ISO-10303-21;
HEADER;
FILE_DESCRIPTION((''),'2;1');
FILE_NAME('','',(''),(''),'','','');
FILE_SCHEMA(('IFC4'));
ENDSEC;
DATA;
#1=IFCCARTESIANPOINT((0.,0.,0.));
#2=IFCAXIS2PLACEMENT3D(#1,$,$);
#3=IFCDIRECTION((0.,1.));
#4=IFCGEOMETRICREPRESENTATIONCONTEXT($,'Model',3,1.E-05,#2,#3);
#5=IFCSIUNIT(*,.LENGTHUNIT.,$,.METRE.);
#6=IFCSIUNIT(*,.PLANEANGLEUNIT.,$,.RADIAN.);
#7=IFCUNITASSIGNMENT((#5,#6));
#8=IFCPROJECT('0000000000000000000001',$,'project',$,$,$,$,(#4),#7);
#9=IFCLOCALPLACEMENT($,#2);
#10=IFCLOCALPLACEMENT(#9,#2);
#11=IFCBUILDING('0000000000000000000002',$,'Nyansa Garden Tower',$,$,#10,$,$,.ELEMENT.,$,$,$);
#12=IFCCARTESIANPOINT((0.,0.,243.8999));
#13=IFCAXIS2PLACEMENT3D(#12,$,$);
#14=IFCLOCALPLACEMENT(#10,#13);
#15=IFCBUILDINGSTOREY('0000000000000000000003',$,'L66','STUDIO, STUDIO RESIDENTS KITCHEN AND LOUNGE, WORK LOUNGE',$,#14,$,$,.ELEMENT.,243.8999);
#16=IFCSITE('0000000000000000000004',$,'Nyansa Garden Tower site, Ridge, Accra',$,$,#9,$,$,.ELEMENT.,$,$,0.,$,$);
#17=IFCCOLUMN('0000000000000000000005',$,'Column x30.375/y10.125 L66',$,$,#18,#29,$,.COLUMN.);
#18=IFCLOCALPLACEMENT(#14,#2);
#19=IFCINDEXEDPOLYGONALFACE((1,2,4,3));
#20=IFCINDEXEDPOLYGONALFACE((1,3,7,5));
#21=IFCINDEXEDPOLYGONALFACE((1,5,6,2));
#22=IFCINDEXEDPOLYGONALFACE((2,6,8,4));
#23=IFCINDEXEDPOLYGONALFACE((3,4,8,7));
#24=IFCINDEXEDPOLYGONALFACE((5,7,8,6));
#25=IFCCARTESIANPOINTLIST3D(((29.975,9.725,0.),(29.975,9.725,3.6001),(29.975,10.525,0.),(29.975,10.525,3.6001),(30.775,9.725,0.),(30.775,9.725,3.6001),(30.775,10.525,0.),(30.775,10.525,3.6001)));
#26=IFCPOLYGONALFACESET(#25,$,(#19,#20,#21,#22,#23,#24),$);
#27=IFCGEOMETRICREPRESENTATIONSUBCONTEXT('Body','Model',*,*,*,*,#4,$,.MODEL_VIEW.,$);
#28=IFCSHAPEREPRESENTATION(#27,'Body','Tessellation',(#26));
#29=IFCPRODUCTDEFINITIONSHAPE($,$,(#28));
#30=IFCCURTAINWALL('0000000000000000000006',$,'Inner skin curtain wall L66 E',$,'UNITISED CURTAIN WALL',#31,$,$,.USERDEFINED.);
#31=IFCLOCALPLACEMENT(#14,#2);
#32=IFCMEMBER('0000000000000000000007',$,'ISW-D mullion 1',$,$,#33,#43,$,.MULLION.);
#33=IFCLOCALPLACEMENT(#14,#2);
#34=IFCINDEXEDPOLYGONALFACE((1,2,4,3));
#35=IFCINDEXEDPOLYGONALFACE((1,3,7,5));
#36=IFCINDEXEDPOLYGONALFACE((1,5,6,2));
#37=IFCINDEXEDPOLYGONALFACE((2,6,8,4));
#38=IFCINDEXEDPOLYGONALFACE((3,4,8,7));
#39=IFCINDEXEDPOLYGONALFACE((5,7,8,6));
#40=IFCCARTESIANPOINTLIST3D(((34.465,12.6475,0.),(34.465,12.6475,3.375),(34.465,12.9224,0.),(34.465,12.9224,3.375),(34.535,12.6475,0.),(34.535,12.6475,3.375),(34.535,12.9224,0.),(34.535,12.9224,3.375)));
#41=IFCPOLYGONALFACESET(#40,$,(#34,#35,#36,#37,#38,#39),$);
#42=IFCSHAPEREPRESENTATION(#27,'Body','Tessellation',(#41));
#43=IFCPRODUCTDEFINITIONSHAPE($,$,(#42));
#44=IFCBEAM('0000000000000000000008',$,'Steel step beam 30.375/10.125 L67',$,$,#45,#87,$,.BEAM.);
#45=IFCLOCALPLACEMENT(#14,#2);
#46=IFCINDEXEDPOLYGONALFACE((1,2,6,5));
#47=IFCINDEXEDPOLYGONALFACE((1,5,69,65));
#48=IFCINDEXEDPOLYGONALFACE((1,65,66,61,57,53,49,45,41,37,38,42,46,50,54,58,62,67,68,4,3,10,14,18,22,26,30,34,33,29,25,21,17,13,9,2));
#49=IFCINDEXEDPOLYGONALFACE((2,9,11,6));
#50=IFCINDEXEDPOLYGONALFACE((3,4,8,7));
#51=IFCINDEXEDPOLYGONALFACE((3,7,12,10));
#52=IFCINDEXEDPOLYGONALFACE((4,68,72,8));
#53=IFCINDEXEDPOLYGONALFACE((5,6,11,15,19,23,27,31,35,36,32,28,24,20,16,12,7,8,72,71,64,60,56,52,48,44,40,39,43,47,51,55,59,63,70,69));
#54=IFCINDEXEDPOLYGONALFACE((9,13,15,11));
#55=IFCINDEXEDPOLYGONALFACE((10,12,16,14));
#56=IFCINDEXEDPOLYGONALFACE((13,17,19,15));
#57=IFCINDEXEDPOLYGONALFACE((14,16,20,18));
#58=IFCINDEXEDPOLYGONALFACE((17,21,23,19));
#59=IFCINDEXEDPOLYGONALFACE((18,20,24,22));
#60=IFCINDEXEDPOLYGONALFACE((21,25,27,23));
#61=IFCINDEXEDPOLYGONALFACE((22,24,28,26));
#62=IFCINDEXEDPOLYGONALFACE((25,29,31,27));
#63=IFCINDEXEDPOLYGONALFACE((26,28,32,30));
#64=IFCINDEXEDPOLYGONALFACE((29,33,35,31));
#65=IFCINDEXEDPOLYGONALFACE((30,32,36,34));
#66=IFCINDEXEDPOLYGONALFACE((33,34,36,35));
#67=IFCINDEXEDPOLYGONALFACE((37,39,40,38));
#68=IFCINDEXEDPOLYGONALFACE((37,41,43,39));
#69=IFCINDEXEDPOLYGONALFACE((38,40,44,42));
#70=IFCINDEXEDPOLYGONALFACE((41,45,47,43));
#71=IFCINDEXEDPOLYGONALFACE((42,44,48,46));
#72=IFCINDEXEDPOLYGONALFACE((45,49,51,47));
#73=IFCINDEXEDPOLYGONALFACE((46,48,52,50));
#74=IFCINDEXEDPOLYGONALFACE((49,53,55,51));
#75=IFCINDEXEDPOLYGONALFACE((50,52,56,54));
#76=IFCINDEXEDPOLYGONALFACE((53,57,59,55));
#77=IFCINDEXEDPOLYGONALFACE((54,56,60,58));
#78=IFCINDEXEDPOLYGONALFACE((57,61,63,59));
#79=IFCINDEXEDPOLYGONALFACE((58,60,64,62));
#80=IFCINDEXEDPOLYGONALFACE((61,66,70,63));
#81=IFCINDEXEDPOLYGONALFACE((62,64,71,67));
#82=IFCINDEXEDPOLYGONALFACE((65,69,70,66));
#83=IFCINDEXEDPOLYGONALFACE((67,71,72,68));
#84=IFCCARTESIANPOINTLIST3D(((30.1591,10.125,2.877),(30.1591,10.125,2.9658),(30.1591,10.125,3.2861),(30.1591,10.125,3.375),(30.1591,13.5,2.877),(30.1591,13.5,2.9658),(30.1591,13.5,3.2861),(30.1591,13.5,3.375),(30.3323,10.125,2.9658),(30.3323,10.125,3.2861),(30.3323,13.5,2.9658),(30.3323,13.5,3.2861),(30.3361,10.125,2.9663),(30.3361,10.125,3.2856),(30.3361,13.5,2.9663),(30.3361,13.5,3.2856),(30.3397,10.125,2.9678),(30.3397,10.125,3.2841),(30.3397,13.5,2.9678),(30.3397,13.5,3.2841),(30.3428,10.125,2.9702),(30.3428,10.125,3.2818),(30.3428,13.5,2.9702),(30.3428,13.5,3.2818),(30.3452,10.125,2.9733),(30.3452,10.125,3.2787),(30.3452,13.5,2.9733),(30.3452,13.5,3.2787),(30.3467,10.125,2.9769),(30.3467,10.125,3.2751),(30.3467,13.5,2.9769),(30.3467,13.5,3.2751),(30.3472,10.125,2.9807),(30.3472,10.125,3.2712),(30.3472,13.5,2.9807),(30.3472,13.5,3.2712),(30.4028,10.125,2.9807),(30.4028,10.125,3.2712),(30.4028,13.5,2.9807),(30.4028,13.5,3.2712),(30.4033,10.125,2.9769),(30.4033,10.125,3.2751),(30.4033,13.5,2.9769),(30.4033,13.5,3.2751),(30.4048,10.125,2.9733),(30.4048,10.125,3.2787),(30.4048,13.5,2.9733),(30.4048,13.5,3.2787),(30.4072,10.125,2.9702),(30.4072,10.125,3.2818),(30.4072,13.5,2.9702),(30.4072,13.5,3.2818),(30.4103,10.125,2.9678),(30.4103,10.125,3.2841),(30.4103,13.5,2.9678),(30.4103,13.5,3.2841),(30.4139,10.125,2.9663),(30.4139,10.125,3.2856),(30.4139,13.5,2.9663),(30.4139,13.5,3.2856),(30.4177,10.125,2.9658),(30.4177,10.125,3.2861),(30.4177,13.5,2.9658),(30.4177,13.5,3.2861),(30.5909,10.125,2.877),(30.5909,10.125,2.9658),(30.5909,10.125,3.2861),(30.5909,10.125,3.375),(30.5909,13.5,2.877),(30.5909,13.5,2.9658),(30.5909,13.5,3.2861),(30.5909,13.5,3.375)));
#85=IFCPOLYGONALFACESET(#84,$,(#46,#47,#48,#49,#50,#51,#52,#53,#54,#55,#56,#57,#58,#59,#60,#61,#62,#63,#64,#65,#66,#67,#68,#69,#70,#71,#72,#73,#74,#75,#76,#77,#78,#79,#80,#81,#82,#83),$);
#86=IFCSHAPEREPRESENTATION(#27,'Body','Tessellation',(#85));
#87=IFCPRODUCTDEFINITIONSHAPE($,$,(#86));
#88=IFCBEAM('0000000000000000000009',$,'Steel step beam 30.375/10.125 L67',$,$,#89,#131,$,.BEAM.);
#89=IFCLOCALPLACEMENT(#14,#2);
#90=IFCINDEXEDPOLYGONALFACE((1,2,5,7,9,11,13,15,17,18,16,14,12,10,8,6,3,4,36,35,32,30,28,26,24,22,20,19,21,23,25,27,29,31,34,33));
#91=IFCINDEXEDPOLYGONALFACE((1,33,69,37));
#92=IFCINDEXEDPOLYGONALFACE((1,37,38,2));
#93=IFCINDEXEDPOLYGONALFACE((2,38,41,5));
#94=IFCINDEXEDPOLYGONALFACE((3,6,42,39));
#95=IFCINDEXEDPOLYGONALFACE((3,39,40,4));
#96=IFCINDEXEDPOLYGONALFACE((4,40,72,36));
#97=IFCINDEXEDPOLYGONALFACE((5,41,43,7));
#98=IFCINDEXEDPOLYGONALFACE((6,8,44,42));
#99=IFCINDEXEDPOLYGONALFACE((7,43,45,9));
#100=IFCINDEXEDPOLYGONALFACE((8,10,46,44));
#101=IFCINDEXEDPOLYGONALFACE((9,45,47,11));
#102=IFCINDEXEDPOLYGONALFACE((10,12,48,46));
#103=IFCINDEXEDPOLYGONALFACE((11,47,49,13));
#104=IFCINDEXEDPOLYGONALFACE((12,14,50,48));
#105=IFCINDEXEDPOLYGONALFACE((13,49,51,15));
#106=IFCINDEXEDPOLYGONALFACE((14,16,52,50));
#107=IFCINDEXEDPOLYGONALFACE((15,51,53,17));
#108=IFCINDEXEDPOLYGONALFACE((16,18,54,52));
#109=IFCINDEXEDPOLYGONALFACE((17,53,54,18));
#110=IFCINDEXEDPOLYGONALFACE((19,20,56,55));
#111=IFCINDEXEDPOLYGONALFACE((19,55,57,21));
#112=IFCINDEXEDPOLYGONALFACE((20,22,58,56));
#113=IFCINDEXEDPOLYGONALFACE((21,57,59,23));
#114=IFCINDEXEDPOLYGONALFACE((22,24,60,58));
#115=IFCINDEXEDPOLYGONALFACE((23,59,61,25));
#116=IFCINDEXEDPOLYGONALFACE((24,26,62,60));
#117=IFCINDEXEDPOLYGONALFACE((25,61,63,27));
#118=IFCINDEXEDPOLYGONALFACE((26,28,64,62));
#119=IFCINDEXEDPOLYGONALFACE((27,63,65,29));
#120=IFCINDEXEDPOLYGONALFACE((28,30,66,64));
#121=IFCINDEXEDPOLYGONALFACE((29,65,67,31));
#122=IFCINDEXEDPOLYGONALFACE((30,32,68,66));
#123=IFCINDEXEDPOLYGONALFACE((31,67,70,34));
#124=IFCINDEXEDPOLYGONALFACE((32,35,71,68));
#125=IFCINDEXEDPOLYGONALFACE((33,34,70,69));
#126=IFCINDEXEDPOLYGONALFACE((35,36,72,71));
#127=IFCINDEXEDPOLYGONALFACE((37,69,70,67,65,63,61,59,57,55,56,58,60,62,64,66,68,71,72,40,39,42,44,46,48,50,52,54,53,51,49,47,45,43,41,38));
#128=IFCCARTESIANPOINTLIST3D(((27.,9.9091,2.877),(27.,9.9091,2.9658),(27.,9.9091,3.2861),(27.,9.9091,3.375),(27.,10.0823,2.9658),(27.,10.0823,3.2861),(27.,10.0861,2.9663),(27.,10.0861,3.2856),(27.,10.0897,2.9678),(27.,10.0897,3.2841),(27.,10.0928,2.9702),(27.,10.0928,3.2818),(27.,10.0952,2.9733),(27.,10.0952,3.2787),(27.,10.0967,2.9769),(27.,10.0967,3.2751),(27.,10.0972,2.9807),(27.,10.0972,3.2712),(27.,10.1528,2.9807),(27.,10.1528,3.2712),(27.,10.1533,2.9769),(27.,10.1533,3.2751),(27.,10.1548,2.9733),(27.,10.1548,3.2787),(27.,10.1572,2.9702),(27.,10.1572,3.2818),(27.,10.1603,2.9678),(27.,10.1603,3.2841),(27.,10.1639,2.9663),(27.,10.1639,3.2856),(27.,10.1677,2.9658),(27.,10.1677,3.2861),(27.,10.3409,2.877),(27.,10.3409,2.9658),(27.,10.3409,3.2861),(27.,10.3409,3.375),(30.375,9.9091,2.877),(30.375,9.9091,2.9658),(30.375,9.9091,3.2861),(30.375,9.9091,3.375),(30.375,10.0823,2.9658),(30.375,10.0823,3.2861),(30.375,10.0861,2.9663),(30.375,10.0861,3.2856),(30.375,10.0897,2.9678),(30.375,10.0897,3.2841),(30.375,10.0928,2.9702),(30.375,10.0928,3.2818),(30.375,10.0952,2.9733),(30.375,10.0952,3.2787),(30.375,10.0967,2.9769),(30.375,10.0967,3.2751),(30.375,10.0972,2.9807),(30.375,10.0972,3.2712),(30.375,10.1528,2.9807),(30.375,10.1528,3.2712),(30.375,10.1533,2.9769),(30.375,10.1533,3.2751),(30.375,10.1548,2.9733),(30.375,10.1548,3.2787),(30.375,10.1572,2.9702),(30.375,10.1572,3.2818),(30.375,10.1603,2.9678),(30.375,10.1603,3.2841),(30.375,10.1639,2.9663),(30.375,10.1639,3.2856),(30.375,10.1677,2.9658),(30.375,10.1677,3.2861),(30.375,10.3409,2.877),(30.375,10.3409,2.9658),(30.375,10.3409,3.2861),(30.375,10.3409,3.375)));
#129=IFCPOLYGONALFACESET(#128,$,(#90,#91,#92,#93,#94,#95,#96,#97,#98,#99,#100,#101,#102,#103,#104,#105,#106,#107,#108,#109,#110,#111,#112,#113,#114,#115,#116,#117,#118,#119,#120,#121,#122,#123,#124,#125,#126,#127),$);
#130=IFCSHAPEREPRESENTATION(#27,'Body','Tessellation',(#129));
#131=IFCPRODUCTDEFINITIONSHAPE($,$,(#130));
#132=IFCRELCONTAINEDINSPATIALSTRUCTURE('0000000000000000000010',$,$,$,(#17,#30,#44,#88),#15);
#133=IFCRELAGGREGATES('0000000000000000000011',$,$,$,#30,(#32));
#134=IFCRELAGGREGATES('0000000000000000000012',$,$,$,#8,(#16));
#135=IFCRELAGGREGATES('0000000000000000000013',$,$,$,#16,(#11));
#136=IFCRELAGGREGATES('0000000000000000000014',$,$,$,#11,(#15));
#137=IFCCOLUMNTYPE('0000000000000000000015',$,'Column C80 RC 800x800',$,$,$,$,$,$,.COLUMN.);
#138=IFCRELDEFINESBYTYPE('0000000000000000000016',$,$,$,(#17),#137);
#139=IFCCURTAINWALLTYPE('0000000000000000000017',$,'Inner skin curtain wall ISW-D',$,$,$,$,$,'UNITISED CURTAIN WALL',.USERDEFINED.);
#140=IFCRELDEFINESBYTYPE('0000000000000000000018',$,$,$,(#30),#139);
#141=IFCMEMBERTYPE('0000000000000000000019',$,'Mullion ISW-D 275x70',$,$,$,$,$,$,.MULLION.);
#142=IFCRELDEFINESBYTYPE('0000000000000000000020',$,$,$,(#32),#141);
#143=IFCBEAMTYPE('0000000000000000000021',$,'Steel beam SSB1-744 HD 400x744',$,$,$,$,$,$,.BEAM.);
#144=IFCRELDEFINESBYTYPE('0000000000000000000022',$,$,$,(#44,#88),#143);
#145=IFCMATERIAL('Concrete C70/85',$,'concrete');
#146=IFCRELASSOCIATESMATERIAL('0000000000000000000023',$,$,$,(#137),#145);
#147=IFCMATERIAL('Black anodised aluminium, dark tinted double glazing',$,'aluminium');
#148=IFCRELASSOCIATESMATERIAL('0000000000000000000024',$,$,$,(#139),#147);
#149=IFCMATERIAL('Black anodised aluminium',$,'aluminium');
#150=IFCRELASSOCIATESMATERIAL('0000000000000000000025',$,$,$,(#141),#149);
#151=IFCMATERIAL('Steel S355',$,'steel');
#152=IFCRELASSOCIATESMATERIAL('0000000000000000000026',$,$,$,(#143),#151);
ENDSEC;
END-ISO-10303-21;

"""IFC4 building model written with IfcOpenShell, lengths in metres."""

from ifc_helpers import new_model, si_unit, direction, frame, origin, origin_2d, place, context, subcontext, project, spatial, rectangle, i_section, extrude, material, material_profile, profile_set, type_object, element, aggregate, save


model = new_model("IFC4")

# Units and contexts
model_context = context("Model", 3, precision=1e-05, world=origin(), true_north=direction((0.0, 1.0)))
body_context = subcontext(model_context, "Body", "Model", "MODEL_VIEW")
ifc_project = project(units=[si_unit("LENGTHUNIT", "METRE"), si_unit("PLANEANGLEUNIT", "RADIAN")], contexts=[model_context])

# Site, building, storey
site_placement = place(None, origin())
site = spatial("IfcSite", under=ifc_project, at=site_placement, Name="Nyansa Garden Tower site, Ridge, Accra", CompositionType="ELEMENT", RefElevation=0.0)
building_placement = place(site_placement, origin())
building = spatial("IfcBuilding", under=site, at=building_placement, Name="Nyansa Garden Tower", CompositionType="ELEMENT")
storey_placement = place(building_placement, frame((0.0, 0.0, 243.8999)))
storey = spatial("IfcBuildingStorey", under=building, at=storey_placement, Name="L66", Description="STUDIO, STUDIO RESIDENTS KITCHEN AND LOUNGE, WORK LOUNGE", CompositionType="ELEMENT", Elevation=243.8999)

# Column
ifc_material_1 = material(Name="Concrete C70/85", Category="concrete")
ifc_material_profile_1 = material_profile(ifc_material_1, rectangle(XDim=0.8, YDim=0.8, at=origin_2d()), Name="RC 800x800")
ifc_profile_set_1 = profile_set([ifc_material_profile_1], Name="Concrete C70/85")
column_type = type_object("IfcColumnType", Name="Column C80 RC 800x800", PredefinedType="COLUMN", material=ifc_profile_set_1)
column_placement = place(storey_placement, frame((30.375, 10.125, 0.0), z_axis=(0.0, 0.0, 1.0), x_axis=(1.0, 0.0, 0.0)))
element("IfcColumn", 1, at=column_placement, inside=storey, type_object=column_type, Name="Column x30.375/y10.125 L66", PredefinedType="COLUMN", context=body_context, shape_type="SweptSolid", body=[
    extrude(rectangle(XDim=0.8, YDim=0.8, at=origin_2d()), origin(), (0.0, 0.0, 1.0), 3.6001),
])

# Curtain wall, member
ifc_material_2 = material(Name="Black anodised aluminium, dark tinted double glazing", Category="aluminium")
curtain_wall_type = type_object("IfcCurtainWallType", Name="Inner skin curtain wall ISW-D", ElementType="UNITISED CURTAIN WALL", PredefinedType="USERDEFINED", material=ifc_material_2)
curtain_wall_placement = place(storey_placement, origin())
curtain_wall = element("IfcCurtainWall", 2, at=curtain_wall_placement, inside=storey, type_object=curtain_wall_type, Name="Inner skin curtain wall L66 E", ObjectType="UNITISED CURTAIN WALL", PredefinedType="USERDEFINED")
ifc_material_3 = material(Name="Black anodised aluminium", Category="aluminium")
ifc_material_profile_2 = material_profile(ifc_material_3, rectangle(XDim=0.0701, YDim=0.2749, at=origin_2d()), Name="Mullion 275x70")
ifc_profile_set_2 = profile_set([ifc_material_profile_2], Name="Black anodised aluminium")
member_type = type_object("IfcMemberType", Name="Mullion ISW-D 275x70", PredefinedType="MULLION", material=ifc_profile_set_2)
member_placement = place(storey_placement, frame((34.5, 12.7849, 0.0), z_axis=(0.0, 0.0, 1.0), x_axis=(-1.0, 0.0, 0.0)))
member = element("IfcMember", 3, at=member_placement, type_object=member_type, Name="ISW-D mullion 1", PredefinedType="MULLION", context=body_context, shape_type="SweptSolid", body=[
    extrude(rectangle(XDim=0.0701, YDim=0.2749, at=origin_2d()), origin(), (0.0, 0.0, 1.0), 3.375),
])
aggregate(curtain_wall, [member])

# Beams
ifc_material_4 = material(Name="Steel S355", Category="steel")
ifc_material_profile_3 = material_profile(ifc_material_4, i_section(OverallWidth=0.4319, OverallDepth=0.498, WebThickness=0.0557, FlangeThickness=0.0889, FilletRadius=0.0149, at=origin_2d()), Name="HD 400x744")
ifc_profile_set_3 = profile_set([ifc_material_profile_3], Name="Steel S355")
beam_type = type_object("IfcBeamType", Name="Steel beam SSB1-744 HD 400x744", PredefinedType="BEAM", material=ifc_profile_set_3)
for number, where, z_axis, x_axis, name in (
    (4, (30.375, 10.125, 3.126), (0.0, 1.0, 0.0), (-1.0, 0.0, 0.0), "Steel step beam 30.375/10.125 L67"),
    (5, (30.375, 10.125, 3.126), (-1.0, 0.0, 0.0), (0.0, -1.0, 0.0), "Steel step beam 30.375/10.125 L67"),
):
    element("IfcBeam", number, at=place(storey_placement, frame(where, z_axis=z_axis, x_axis=x_axis)), inside=storey, type_object=beam_type, Name=name, PredefinedType="BEAM", context=body_context, shape_type="SweptSolid", body=[
        extrude(i_section(OverallWidth=0.4319, OverallDepth=0.498, WebThickness=0.0557, FlangeThickness=0.0889, FilletRadius=0.0149, at=origin_2d()), origin(), (0.0, 0.0, 1.0), 3.375),
    ])

save(model, "model.ifc")
